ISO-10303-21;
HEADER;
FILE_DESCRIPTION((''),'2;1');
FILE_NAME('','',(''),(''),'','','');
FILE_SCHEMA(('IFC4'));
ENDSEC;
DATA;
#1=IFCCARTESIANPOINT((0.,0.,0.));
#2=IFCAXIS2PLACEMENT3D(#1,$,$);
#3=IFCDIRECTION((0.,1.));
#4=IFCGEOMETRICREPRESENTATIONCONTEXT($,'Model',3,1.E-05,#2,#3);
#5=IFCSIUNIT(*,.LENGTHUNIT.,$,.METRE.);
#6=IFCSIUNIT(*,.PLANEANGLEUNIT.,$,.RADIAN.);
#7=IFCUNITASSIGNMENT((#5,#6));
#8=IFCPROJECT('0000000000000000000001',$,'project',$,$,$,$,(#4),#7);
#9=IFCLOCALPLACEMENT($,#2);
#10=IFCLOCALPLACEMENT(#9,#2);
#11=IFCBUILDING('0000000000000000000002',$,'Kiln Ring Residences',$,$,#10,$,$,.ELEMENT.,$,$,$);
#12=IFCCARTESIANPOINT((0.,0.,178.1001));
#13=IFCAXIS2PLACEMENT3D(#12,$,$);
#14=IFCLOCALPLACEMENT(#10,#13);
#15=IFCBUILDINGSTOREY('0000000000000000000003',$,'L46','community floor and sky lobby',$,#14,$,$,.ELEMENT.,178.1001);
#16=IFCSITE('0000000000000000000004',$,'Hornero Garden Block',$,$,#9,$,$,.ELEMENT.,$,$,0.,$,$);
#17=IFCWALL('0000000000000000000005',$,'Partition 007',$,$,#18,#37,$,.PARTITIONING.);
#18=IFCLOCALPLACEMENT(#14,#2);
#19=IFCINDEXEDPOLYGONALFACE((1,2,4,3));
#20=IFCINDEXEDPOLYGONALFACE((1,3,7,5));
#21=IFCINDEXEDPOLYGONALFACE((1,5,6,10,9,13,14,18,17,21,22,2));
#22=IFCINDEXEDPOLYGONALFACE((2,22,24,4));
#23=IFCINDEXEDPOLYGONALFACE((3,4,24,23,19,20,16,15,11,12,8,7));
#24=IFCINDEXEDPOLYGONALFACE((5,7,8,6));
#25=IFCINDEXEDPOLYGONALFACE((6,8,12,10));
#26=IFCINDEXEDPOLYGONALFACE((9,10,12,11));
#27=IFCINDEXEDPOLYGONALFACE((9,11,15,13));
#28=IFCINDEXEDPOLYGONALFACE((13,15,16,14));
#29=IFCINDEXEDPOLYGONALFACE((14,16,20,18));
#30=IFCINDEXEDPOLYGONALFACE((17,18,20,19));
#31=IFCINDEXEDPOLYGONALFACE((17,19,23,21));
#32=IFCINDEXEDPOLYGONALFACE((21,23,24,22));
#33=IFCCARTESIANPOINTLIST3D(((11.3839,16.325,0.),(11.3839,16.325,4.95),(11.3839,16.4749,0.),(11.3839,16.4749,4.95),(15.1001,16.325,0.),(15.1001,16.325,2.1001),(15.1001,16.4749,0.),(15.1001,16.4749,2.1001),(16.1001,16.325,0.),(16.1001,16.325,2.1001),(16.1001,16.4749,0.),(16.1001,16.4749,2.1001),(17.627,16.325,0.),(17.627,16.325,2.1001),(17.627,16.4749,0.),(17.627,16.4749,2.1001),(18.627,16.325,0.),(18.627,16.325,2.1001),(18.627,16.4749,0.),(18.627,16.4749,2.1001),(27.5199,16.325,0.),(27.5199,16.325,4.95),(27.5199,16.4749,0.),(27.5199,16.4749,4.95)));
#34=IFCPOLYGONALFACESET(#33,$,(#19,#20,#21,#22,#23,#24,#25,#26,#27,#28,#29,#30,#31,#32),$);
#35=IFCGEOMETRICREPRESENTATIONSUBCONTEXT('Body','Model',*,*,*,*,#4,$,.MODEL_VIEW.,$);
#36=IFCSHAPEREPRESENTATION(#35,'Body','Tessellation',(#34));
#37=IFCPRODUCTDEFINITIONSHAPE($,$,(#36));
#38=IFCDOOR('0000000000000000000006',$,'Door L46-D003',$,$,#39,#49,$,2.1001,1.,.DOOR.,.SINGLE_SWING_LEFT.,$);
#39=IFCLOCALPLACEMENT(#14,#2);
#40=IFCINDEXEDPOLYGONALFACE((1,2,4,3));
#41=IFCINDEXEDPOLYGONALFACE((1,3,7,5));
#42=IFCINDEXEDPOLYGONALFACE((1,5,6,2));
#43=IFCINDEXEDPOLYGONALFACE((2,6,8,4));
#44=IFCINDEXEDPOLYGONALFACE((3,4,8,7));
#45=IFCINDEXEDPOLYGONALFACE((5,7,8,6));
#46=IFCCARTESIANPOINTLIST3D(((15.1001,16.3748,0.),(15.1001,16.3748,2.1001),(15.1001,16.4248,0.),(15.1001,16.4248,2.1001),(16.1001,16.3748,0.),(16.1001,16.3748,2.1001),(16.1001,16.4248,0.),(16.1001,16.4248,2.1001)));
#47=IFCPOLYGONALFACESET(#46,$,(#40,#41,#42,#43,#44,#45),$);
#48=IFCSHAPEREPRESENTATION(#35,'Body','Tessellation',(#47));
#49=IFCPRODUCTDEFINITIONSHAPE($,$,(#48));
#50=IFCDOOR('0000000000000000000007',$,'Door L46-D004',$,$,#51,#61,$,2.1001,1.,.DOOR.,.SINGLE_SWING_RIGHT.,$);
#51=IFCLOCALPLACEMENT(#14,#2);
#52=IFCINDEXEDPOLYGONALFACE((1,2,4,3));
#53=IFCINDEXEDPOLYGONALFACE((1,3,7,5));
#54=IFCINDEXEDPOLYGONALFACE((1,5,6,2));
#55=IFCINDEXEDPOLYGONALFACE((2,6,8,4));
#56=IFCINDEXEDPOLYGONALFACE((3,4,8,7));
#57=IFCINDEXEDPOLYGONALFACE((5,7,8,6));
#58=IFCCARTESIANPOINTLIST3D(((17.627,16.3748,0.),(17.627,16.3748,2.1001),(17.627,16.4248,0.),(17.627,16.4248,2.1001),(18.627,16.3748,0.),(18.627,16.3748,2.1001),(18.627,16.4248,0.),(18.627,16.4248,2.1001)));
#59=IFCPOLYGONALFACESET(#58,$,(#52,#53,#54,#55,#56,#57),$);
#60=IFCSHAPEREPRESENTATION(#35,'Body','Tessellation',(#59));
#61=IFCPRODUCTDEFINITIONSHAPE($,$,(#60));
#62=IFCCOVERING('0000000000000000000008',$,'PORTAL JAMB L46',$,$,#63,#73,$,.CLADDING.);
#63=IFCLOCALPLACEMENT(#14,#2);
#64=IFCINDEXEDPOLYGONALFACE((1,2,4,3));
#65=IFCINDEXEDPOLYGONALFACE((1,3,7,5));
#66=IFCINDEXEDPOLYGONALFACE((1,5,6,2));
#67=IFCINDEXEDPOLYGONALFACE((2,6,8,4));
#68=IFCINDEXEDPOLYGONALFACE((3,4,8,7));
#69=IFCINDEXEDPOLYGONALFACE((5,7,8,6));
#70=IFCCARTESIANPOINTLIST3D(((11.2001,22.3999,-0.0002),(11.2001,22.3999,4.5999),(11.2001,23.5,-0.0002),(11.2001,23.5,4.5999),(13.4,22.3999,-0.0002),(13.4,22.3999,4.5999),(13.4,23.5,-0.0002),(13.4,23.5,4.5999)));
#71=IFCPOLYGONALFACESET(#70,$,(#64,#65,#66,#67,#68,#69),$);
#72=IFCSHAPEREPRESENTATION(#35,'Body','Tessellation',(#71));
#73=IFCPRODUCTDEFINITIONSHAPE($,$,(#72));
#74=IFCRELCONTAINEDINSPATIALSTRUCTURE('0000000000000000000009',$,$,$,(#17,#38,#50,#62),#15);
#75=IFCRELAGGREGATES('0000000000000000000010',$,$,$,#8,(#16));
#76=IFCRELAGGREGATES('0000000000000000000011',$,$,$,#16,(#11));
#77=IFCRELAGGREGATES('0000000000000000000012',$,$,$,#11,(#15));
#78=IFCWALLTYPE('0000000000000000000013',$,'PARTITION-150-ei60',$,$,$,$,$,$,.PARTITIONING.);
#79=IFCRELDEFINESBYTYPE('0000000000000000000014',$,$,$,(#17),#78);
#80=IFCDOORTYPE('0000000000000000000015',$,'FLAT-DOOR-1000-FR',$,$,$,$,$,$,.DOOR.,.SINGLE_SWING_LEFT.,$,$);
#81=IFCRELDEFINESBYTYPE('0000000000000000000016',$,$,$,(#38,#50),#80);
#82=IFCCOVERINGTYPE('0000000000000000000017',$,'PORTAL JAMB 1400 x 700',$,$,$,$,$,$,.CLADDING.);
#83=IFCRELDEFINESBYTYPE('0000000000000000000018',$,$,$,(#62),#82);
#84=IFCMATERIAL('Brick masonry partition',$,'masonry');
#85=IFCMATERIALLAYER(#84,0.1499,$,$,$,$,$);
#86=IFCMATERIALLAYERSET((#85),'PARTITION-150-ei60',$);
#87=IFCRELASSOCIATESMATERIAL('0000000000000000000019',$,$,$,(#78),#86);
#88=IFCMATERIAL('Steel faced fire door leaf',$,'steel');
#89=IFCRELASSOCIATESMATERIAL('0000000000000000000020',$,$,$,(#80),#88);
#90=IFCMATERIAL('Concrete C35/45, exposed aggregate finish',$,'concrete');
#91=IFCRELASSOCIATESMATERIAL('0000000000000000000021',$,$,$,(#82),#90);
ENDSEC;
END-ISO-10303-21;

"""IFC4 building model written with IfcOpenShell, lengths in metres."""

from ifc_helpers import new_model, si_unit, direction, frame, frame_2d, origin, origin_2d, place, context, subcontext, project, spatial, rectangle, extrude, material, layer, layer_set, type_object, element, fill, save


model = new_model("IFC4")

# Units and contexts
model_context = context("Model", 3, precision=1e-05, world=origin(), true_north=direction((0.0, 1.0)))
body_context = subcontext(model_context, "Body", "Model", "MODEL_VIEW")
ifc_project = project(units=[si_unit("LENGTHUNIT", "METRE"), si_unit("PLANEANGLEUNIT", "RADIAN")], contexts=[model_context])

# Site, building, storey
site_placement = place(None, origin())
site = spatial("IfcSite", under=ifc_project, at=site_placement, Name="Hornero Garden Block", CompositionType="ELEMENT", RefElevation=0.0)
building_placement = place(site_placement, origin())
building = spatial("IfcBuilding", under=site, at=building_placement, Name="Kiln Ring Residences", CompositionType="ELEMENT")
storey_placement = place(building_placement, frame((0.0, 0.0, 178.1001)))
storey = spatial("IfcBuildingStorey", under=building, at=storey_placement, Name="L46", Description="community floor and sky lobby", CompositionType="ELEMENT", Elevation=178.1001)

# Wall, openings, doors
ifc_material_1 = material(Name="Brick masonry partition", Category="masonry")
ifc_layer_1 = layer(ifc_material_1, 0.1499)
ifc_layer_set_1 = layer_set([ifc_layer_1], Name="PARTITION-150-ei60")
wall_type_1 = type_object("IfcWallType", Name="PARTITION-150-ei60", PredefinedType="PARTITIONING", material=ifc_layer_set_1)
ifc_material_2 = material(Name="Steel faced fire door leaf", Category="steel")
door_type_1 = type_object("IfcDoorType", Name="FLAT-DOOR-1000-FR", OperationType="SINGLE_SWING_LEFT", PredefinedType="DOOR", material=ifc_material_2)
wall_1_placement = place(storey_placement, frame((11.384, 16.3999, 0.0), z_axis=(0.0, 0.0, 1.0), x_axis=(1.0, 0.0, 0.0)))
wall_1 = element("IfcWall", 1, at=wall_1_placement, inside=storey, type_object=wall_type_1, Name="Partition 007", PredefinedType="PARTITIONING", context=body_context, shape_type="SweptSolid", body=[
    extrude(rectangle(XDim=16.136, YDim=0.1499, at=frame_2d((8.0679, 0.0))), origin(), (0.0, 0.0, 1.0), 4.95),
])
opening_1_placement = place(wall_1_placement, frame((3.7161, 0.0, 0.0)))
opening_1 = element("IfcOpeningElement", 2, at=opening_1_placement, cuts=wall_1, PredefinedType="OPENING", context=body_context, shape_type="SweptSolid", body=[
    extrude(rectangle(XDim=1.0, YDim=2.1001, at=frame_2d((0.5, 1.05))), frame((0.0, 0.085, 0.0), z_axis=(0.0, -1.0, 0.0), x_axis=(1.0, 0.0, 0.0)), (0.0, 0.0, 1.0), 0.1699),
])
opening_2_placement = place(wall_1_placement, frame((6.2429, 0.0, 0.0)))
opening_2 = element("IfcOpeningElement", 3, at=opening_2_placement, cuts=wall_1, PredefinedType="OPENING", context=body_context, shape_type="SweptSolid", body=[
    extrude(rectangle(XDim=1.0, YDim=2.1001, at=frame_2d((0.5, 1.05))), frame((0.0, 0.085, 0.0), z_axis=(0.0, -1.0, 0.0), x_axis=(1.0, 0.0, 0.0)), (0.0, 0.0, 1.0), 0.1699),
])
door_1_placement = place(opening_1_placement, origin())
door_1 = element("IfcDoor", 4, at=door_1_placement, inside=storey, type_object=door_type_1, Name="Door L46-D003", OperationType="SINGLE_SWING_LEFT", OverallHeight=2.1001, OverallWidth=1.0, PredefinedType="DOOR", context=body_context, shape_type="SweptSolid", body=[
    extrude(rectangle(XDim=1.0, YDim=2.1001, at=frame_2d((0.5, 1.05))), frame((0.0, 0.0249, 0.0), z_axis=(0.0, -1.0, 0.0), x_axis=(1.0, 0.0, 0.0)), (0.0, 0.0, 1.0), 0.05),
])
fill(opening_1, door_1)
door_2_placement = place(opening_2_placement, origin())
door_2 = element("IfcDoor", 5, at=door_2_placement, inside=storey, type_object=door_type_1, Name="Door L46-D004", OperationType="SINGLE_SWING_RIGHT", OverallHeight=2.1001, OverallWidth=1.0, PredefinedType="DOOR", context=body_context, shape_type="SweptSolid", body=[
    extrude(rectangle(XDim=1.0, YDim=2.1001, at=frame_2d((0.5, 1.05))), frame((0.0, 0.0249, 0.0), z_axis=(0.0, -1.0, 0.0), x_axis=(1.0, 0.0, 0.0)), (0.0, 0.0, 1.0), 0.05),
])
fill(opening_2, door_2)

# Covering
ifc_material_3 = material(Name="Concrete C35/45, exposed aggregate finish", Category="concrete")
covering_type = type_object("IfcCoveringType", Name="PORTAL JAMB 1400 x 700", PredefinedType="CLADDING", material=ifc_material_3)
covering_placement = place(storey_placement, frame((12.3, 22.95, -0.0002), z_axis=(0.0, 0.0, 1.0), x_axis=(1.0, 0.0, 0.0)))
element("IfcCovering", 6, at=covering_placement, inside=storey, type_object=covering_type, Name="PORTAL JAMB L46", PredefinedType="CLADDING", context=body_context, shape_type="SweptSolid", body=[
    extrude(rectangle(XDim=2.2, YDim=1.1001, at=origin_2d()), origin(), (0.0, 0.0, 1.0), 4.6001),
])

save(model, "model.ifc")
